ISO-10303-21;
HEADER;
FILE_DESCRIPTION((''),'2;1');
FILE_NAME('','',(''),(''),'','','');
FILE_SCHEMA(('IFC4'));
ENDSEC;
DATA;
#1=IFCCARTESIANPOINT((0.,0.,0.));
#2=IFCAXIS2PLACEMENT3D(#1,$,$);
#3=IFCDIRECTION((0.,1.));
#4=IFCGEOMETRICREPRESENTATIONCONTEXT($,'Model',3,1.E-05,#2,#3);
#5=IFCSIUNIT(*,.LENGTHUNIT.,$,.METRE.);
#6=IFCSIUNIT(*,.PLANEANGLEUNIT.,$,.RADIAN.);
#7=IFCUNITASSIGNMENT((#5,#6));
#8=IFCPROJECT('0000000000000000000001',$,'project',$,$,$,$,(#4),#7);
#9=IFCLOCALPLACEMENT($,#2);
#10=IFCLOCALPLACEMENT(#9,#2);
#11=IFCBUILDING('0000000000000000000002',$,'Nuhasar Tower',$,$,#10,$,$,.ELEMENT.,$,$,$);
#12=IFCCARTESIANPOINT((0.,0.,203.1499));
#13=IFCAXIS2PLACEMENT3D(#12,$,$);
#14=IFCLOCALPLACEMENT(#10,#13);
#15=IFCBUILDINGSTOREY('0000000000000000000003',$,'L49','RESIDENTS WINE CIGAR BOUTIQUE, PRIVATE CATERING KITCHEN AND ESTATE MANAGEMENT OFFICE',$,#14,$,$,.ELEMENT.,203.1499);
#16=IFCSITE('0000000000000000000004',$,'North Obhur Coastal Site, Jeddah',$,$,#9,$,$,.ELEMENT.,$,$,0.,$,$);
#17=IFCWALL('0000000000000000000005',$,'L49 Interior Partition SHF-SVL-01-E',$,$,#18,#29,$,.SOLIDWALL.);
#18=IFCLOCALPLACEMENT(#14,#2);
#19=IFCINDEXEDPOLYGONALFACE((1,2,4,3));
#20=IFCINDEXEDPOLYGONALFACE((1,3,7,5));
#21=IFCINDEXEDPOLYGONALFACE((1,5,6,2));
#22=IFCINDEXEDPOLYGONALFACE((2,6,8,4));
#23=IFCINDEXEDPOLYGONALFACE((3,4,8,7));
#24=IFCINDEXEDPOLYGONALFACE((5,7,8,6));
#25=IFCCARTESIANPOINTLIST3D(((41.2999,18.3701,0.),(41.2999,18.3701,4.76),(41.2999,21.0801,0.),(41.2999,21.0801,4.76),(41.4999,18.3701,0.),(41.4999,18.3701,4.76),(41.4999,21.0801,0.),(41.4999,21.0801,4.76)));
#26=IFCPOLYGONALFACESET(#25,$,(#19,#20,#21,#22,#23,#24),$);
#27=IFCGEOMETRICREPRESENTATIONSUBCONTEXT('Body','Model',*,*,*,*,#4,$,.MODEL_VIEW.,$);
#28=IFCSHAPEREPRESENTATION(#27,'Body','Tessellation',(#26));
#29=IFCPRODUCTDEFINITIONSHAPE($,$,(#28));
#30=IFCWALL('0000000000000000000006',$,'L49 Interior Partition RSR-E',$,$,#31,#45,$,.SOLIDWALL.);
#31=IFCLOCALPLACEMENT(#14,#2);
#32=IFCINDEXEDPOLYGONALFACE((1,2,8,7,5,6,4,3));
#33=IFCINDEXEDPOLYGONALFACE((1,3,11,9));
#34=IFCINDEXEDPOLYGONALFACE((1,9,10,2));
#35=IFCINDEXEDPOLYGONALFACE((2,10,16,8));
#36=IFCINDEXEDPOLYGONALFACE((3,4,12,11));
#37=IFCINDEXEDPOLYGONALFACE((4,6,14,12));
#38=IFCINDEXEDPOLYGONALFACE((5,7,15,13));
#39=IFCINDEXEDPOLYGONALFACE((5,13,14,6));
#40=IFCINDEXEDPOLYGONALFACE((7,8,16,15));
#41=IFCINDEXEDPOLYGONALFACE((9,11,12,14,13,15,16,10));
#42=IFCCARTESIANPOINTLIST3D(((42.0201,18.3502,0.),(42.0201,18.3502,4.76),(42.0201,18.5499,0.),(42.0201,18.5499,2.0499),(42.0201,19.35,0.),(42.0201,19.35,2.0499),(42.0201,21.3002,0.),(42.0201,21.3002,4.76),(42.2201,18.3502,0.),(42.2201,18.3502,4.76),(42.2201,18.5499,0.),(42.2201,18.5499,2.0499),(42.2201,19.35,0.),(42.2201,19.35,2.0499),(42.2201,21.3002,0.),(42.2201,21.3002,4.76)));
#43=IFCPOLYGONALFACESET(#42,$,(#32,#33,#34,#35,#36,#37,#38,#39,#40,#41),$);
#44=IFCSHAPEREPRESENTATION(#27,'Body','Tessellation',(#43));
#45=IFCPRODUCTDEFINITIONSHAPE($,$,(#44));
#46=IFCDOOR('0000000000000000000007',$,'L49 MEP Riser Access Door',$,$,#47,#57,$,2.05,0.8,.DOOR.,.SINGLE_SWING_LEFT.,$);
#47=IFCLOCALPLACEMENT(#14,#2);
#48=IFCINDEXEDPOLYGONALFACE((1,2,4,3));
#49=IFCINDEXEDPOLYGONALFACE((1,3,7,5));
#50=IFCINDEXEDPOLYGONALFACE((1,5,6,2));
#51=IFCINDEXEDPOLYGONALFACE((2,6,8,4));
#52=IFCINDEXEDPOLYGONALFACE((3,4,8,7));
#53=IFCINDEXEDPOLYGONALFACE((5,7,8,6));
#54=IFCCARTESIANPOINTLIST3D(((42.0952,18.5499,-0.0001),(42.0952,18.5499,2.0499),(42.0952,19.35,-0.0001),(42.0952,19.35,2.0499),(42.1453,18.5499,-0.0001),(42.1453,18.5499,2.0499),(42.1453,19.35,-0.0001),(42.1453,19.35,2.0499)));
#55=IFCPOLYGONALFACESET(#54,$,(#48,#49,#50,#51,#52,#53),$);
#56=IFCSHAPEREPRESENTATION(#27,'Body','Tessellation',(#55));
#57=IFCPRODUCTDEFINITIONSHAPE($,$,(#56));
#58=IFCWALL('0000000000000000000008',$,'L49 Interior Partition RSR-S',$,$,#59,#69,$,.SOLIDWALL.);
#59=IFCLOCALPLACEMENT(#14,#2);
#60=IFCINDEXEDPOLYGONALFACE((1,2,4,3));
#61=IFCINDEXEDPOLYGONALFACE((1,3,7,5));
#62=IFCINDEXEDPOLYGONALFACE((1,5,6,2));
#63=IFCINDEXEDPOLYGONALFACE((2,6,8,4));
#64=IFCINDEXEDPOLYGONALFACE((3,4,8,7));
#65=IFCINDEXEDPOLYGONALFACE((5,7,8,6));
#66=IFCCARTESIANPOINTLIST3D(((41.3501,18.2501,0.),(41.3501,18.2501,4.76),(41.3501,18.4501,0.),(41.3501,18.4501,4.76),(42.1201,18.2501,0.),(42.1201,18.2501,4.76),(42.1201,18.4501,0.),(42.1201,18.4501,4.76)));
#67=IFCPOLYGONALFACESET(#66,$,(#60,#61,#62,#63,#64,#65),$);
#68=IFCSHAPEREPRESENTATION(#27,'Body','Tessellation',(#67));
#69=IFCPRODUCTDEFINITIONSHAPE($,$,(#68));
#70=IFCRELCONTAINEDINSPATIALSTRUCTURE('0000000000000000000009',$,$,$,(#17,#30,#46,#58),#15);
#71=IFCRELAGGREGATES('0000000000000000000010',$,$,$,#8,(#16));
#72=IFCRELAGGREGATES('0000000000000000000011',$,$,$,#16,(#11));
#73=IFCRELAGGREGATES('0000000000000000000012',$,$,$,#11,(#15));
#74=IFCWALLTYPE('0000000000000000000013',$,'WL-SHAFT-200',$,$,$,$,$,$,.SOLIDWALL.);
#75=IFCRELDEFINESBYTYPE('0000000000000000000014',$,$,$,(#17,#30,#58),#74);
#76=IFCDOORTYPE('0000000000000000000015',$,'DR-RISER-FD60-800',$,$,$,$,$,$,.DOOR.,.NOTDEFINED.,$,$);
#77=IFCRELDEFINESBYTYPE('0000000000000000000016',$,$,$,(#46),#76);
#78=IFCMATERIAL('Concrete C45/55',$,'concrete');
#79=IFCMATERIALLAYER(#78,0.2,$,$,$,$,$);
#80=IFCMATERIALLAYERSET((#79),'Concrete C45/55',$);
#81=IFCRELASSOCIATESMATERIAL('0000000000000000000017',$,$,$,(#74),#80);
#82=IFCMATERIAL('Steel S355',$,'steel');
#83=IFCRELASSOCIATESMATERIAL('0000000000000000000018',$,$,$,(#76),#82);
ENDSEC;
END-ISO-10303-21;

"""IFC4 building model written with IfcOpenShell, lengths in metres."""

from ifc_helpers import new_model, si_unit, direction, frame, frame_2d, origin, place, context, subcontext, project, spatial, rectangle, extrude, material, layer, layer_set, type_object, element, fill, save


model = new_model("IFC4")

# Units and contexts
model_context = context("Model", 3, precision=1e-05, world=origin(), true_north=direction((0.0, 1.0)))
body_context = subcontext(model_context, "Body", "Model", "MODEL_VIEW")
ifc_project = project(units=[si_unit("LENGTHUNIT", "METRE"), si_unit("PLANEANGLEUNIT", "RADIAN")], contexts=[model_context])

# Site, building, storey
site_placement = place(None, origin())
site = spatial("IfcSite", under=ifc_project, at=site_placement, Name="North Obhur Coastal Site, Jeddah", CompositionType="ELEMENT", RefElevation=0.0)
building_placement = place(site_placement, origin())
building = spatial("IfcBuilding", under=site, at=building_placement, Name="Nuhasar Tower", CompositionType="ELEMENT")
storey_placement = place(building_placement, frame((0.0, 0.0, 203.1499)))
storey = spatial("IfcBuildingStorey", under=building, at=storey_placement, Name="L49", Description="RESIDENTS WINE CIGAR BOUTIQUE, PRIVATE CATERING KITCHEN AND ESTATE MANAGEMENT OFFICE", CompositionType="ELEMENT", Elevation=203.1499)

# Shared definitions
ifc_material_1 = material(Name="Steel S355", Category="steel")

# Wall
ifc_material_2 = material(Name="Concrete C45/55", Category="concrete")
ifc_layer_1 = layer(ifc_material_2, 0.2)
ifc_layer_set_1 = layer_set([ifc_layer_1], Name="Concrete C45/55")
wall_type_1 = type_object("IfcWallType", Name="WL-SHAFT-200", PredefinedType="SOLIDWALL", material=ifc_layer_set_1)
wall_1_placement = place(storey_placement, frame((41.3999, 18.3701, 0.0), z_axis=(0.0, 0.0, 1.0), x_axis=(0.0, 1.0, 0.0)))
element("IfcWall", 1, at=wall_1_placement, inside=storey, type_object=wall_type_1, Name="L49 Interior Partition SHF-SVL-01-E", PredefinedType="SOLIDWALL", context=body_context, shape_type="SweptSolid", body=[
    extrude(rectangle(XDim=2.71, YDim=0.2, at=frame_2d((1.355, 0.0))), origin(), (0.0, 0.0, 1.0), 4.76),
])

# Wall, opening, door
wall_2_placement = place(storey_placement, frame((42.1201, 18.3501, 0.0), z_axis=(0.0, 0.0, 1.0), x_axis=(0.0, 1.0, 0.0)))
wall_2 = element("IfcWall", 2, at=wall_2_placement, inside=storey, type_object=wall_type_1, Name="L49 Interior Partition RSR-E", PredefinedType="SOLIDWALL", context=body_context, shape_type="SweptSolid", body=[
    extrude(rectangle(XDim=2.95, YDim=0.2, at=frame_2d((1.4751, 0.0))), origin(), (0.0, 0.0, 1.0), 4.76),
])
opening_placement = place(wall_2_placement, frame((0.2, 0.0, 0.0)))
opening = element("IfcOpeningElement", 3, at=opening_placement, cuts=wall_2, PredefinedType="OPENING", context=body_context, shape_type="SweptSolid", body=[
    extrude(rectangle(XDim=0.8, YDim=2.05, at=frame_2d((0.3999, 1.0249))), frame((0.0, 0.1099, 0.0), z_axis=(0.0, -1.0, 0.0), x_axis=(1.0, 0.0, 0.0)), (0.0, 0.0, 1.0), 0.22),
])
door_type = type_object("IfcDoorType", Name="DR-RISER-FD60-800", OperationType="NOTDEFINED", PredefinedType="DOOR", material=ifc_material_1)
door_placement = place(opening_placement, origin())
door = element("IfcDoor", 4, at=door_placement, inside=storey, type_object=door_type, Name="L49 MEP Riser Access Door", OperationType="SINGLE_SWING_LEFT", OverallHeight=2.05, OverallWidth=0.8, PredefinedType="DOOR", context=body_context, shape_type="SweptSolid", body=[
    extrude(rectangle(XDim=0.8, YDim=2.05, at=frame_2d((0.3999, 1.0249))), frame((0.0, 0.0249, 0.0), z_axis=(0.0, -1.0, 0.0), x_axis=(1.0, 0.0, 0.0)), (0.0, 0.0, 1.0), 0.05),
])
fill(opening, door)

# Wall
wall_3_placement = place(storey_placement, frame((41.3501, 18.3501, 0.0), z_axis=(0.0, 0.0, 1.0), x_axis=(1.0, 0.0, 0.0)))
element("IfcWall", 5, at=wall_3_placement, inside=storey, type_object=wall_type_1, Name="L49 Interior Partition RSR-S", PredefinedType="SOLIDWALL", context=body_context, shape_type="SweptSolid", body=[
    extrude(rectangle(XDim=0.77, YDim=0.2, at=frame_2d((0.385, 0.0))), origin(), (0.0, 0.0, 1.0), 4.76),
])

save(model, "model.ifc")
